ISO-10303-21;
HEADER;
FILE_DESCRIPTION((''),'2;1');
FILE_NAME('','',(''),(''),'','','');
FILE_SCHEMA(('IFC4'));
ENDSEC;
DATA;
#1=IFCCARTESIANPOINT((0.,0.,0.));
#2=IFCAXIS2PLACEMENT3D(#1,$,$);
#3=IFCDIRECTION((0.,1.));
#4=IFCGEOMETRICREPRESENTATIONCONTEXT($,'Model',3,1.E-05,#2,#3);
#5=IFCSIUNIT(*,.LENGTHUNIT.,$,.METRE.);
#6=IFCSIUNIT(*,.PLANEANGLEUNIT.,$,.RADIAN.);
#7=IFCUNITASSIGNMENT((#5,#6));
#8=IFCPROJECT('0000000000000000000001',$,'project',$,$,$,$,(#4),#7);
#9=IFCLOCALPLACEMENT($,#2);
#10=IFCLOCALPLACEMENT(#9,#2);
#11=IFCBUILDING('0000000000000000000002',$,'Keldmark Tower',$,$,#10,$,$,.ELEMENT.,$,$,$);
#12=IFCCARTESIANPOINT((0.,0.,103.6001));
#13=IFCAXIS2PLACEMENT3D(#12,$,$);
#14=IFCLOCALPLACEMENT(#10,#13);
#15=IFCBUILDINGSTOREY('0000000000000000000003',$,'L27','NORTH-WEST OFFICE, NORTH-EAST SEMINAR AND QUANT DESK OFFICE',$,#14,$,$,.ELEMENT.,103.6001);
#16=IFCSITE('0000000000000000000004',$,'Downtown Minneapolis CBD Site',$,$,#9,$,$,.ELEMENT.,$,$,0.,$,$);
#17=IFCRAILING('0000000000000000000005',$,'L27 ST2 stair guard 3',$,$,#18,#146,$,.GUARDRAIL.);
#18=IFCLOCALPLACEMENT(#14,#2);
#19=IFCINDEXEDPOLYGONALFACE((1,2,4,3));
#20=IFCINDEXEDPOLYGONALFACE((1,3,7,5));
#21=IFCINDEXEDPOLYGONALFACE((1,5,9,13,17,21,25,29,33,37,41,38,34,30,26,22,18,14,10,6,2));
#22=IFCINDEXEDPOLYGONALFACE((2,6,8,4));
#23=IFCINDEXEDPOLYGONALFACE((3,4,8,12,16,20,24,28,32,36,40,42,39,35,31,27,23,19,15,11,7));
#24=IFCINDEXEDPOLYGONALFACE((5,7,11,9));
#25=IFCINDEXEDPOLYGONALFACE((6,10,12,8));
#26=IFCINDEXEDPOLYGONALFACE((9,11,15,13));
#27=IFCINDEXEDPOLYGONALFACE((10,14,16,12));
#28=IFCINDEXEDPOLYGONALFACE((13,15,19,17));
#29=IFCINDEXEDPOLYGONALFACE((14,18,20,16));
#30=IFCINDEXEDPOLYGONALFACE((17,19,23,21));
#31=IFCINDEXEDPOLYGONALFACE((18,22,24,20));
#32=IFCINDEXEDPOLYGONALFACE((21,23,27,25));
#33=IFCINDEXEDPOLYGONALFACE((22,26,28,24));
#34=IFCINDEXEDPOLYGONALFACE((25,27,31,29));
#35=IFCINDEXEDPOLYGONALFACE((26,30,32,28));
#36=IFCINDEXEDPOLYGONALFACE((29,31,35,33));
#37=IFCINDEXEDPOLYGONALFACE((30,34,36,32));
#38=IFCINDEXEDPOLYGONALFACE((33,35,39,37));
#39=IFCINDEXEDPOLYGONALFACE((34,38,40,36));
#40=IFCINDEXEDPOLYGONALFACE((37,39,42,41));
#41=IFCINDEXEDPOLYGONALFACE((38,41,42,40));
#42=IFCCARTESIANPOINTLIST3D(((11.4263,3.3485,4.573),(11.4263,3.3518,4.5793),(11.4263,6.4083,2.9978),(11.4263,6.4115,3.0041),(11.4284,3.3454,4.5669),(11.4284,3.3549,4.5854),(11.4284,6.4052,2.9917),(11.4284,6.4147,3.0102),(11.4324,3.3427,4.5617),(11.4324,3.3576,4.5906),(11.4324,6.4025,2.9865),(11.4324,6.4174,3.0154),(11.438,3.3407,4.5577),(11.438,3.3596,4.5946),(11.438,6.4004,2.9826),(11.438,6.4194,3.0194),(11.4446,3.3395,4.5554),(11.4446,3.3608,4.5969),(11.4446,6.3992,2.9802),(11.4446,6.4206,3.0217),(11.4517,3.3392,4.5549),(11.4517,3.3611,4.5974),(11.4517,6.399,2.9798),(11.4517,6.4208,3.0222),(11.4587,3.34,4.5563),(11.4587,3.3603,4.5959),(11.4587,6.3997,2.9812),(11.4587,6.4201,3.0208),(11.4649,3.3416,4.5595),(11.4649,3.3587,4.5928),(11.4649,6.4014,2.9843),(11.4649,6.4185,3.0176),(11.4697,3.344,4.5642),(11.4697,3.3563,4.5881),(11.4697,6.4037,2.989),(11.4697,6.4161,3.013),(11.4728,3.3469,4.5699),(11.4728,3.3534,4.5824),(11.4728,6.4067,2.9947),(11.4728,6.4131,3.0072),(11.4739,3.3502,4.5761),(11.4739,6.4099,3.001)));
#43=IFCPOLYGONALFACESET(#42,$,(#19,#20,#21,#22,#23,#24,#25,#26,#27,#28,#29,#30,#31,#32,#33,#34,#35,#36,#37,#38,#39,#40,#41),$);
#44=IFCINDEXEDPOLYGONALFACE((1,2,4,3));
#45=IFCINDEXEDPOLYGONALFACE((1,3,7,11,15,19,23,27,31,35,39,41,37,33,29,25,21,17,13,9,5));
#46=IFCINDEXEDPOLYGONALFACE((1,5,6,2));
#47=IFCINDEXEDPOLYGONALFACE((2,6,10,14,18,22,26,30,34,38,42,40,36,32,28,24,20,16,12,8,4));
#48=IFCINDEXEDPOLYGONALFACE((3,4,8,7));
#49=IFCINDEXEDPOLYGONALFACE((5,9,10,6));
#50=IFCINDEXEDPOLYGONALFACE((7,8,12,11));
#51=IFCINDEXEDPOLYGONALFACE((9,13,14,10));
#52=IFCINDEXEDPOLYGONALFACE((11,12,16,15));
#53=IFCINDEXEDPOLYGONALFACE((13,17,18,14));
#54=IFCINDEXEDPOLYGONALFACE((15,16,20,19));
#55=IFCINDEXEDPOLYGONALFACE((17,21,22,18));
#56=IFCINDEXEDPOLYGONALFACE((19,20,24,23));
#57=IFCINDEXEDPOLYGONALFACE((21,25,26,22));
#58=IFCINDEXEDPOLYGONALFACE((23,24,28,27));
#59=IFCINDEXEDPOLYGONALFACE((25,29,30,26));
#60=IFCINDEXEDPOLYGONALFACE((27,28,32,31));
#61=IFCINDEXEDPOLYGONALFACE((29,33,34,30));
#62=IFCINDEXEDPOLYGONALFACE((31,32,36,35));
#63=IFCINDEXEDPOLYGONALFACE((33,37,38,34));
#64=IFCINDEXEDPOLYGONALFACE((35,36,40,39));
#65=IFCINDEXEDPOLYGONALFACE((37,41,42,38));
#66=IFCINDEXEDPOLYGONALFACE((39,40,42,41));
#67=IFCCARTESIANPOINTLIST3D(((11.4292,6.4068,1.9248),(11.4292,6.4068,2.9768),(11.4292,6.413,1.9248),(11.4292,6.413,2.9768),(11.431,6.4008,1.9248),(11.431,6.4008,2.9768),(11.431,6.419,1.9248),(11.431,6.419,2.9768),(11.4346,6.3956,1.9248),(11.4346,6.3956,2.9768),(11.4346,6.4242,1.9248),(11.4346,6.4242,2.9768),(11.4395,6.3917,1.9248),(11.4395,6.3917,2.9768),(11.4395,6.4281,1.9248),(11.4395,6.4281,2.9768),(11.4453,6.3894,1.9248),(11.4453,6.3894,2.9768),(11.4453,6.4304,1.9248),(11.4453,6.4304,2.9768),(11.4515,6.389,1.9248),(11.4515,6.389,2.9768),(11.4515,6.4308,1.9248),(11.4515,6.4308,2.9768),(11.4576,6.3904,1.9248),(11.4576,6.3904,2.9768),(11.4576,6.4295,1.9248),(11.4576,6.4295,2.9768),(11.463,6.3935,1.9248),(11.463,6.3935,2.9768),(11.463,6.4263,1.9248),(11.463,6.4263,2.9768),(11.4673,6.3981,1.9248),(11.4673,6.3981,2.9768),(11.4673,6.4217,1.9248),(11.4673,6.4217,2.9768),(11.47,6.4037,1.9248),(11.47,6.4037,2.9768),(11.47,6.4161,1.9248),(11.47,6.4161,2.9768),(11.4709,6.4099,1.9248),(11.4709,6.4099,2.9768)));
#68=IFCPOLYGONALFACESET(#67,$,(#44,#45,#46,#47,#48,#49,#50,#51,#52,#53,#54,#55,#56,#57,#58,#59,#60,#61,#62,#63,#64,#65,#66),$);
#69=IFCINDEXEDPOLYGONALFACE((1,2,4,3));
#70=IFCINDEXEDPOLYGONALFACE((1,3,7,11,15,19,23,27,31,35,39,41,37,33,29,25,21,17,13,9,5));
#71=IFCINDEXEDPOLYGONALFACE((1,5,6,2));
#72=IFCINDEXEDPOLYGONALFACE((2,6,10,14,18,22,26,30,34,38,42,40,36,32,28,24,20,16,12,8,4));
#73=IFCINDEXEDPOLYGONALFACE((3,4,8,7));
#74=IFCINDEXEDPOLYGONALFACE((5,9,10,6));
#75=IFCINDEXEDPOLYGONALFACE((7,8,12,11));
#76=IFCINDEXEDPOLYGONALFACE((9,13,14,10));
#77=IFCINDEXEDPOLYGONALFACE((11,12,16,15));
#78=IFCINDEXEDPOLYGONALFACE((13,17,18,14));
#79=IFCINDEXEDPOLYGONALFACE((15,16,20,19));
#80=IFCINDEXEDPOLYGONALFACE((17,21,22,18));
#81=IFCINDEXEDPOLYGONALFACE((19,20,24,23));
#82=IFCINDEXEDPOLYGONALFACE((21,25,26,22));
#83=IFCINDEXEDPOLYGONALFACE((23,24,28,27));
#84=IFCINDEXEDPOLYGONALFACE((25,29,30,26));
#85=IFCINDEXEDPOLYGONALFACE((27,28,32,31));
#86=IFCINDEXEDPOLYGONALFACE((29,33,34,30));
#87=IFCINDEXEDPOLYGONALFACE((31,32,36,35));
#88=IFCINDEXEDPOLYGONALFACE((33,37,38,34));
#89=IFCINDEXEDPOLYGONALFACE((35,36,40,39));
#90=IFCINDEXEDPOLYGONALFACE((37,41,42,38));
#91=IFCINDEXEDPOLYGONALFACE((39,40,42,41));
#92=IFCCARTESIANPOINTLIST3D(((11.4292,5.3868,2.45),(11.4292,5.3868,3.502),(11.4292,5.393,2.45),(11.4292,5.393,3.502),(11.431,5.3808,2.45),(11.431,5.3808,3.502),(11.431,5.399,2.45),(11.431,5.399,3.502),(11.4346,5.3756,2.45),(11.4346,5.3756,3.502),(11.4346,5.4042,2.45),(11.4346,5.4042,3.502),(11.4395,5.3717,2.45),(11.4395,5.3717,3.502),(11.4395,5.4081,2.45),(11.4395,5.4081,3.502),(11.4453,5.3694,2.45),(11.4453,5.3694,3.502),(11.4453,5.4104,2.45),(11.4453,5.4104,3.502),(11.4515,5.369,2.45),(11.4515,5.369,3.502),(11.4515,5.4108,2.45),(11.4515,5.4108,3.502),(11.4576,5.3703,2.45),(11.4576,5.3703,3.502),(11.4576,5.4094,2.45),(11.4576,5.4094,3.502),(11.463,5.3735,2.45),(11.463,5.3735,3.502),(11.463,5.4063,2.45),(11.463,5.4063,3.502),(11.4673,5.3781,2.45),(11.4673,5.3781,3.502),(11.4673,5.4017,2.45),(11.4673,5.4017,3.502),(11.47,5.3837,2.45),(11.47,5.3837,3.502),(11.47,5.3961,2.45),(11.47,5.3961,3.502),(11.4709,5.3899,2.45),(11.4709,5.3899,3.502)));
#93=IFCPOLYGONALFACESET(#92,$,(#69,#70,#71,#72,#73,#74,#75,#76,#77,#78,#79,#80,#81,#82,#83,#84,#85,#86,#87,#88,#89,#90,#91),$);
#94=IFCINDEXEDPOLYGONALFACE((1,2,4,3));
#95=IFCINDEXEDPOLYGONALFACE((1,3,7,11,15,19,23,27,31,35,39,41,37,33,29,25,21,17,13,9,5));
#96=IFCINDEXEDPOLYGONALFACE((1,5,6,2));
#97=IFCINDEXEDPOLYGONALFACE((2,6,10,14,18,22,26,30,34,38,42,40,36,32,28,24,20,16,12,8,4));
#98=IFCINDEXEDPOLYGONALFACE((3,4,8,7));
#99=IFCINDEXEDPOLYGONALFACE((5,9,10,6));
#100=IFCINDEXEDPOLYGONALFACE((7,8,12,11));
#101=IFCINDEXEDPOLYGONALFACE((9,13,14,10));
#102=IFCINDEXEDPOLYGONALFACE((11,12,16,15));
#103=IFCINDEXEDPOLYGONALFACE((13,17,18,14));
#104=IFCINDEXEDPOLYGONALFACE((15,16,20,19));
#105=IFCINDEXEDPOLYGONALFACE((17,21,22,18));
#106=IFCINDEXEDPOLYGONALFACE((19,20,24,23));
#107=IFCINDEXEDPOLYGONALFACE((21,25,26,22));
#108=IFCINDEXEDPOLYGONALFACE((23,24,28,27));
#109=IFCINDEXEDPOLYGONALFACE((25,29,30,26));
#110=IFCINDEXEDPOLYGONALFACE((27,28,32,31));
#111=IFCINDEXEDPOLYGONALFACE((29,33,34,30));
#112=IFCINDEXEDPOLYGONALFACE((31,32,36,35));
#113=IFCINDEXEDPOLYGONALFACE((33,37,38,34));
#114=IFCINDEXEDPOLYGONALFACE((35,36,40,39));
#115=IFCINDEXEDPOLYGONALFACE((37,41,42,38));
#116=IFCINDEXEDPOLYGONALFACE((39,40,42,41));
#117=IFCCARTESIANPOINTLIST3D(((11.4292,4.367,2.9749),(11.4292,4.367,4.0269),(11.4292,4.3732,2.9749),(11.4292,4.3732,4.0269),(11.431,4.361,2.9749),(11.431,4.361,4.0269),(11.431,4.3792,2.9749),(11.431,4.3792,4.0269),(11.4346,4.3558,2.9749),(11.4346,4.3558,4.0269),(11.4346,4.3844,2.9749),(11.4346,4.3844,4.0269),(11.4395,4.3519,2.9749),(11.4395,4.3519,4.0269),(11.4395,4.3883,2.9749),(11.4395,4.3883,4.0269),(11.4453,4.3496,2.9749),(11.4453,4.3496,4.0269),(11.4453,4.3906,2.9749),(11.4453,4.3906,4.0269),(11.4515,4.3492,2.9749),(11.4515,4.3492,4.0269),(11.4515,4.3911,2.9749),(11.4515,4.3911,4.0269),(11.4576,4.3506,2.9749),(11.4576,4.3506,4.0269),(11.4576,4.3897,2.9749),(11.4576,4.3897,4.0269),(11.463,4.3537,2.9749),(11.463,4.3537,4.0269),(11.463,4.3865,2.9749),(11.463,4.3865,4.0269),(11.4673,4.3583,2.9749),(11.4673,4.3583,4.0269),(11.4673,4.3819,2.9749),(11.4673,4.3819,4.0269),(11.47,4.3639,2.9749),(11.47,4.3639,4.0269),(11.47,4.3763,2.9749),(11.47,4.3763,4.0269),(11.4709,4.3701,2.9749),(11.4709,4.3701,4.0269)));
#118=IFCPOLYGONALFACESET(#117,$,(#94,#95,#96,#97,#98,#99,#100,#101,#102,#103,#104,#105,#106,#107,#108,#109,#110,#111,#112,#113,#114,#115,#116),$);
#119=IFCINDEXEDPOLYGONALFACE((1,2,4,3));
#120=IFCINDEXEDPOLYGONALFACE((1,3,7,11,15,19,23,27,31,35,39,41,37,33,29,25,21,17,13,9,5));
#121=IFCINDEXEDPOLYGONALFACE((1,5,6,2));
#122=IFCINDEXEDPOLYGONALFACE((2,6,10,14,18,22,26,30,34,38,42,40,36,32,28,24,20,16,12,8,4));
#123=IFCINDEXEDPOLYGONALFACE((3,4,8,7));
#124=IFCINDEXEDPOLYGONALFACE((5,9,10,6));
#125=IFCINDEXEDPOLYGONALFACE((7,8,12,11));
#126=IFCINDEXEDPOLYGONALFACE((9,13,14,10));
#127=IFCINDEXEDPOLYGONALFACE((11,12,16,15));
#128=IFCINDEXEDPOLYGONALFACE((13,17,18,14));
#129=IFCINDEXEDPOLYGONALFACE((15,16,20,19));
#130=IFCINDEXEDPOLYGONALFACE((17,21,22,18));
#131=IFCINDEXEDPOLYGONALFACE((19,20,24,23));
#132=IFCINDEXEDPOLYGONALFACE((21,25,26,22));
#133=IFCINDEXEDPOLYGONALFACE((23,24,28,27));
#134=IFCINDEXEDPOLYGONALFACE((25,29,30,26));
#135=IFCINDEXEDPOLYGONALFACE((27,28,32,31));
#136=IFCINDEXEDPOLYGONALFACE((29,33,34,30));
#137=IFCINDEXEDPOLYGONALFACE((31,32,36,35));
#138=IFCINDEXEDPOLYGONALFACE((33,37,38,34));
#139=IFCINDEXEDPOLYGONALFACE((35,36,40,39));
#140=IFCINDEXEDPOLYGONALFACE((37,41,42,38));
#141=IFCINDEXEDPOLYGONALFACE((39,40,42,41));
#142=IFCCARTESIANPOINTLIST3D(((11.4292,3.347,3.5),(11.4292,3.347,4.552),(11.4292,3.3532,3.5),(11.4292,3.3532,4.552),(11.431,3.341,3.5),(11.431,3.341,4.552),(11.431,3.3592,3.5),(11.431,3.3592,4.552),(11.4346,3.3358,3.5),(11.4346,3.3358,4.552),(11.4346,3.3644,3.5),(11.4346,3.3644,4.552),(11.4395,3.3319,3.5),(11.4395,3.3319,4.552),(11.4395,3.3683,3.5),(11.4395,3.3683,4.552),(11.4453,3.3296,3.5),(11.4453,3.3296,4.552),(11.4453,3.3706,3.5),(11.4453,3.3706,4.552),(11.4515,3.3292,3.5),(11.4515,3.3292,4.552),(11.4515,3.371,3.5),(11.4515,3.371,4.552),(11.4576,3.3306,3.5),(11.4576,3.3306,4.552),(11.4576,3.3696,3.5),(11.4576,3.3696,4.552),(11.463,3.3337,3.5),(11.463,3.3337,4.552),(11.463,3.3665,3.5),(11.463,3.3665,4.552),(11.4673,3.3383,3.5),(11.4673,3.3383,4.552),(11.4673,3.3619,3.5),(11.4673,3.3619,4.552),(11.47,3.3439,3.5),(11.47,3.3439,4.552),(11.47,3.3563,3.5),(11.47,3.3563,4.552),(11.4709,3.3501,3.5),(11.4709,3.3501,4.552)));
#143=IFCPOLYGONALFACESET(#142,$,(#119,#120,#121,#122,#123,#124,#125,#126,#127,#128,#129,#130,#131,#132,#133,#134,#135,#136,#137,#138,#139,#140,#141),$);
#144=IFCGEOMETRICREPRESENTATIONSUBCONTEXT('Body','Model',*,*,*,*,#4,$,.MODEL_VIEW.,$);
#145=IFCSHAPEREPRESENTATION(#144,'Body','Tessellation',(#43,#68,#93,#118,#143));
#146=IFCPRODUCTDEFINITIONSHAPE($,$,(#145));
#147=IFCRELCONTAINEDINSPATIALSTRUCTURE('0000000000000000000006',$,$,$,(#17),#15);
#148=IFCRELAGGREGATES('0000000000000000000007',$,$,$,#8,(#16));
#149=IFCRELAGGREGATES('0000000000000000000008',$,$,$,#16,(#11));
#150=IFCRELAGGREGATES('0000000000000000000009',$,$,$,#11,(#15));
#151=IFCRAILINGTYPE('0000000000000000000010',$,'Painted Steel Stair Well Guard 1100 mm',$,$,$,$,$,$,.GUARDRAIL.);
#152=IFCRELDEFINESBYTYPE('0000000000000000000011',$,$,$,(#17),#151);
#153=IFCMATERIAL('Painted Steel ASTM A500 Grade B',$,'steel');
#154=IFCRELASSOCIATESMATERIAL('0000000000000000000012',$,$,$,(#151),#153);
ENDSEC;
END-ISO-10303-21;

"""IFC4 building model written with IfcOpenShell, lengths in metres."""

from ifc_helpers import new_model, si_unit, direction, frame, origin, origin_2d, place, context, subcontext, project, spatial, circle, extrude, material, type_object, element, save


model = new_model("IFC4")

# Units and contexts
model_context = context("Model", 3, precision=1e-05, world=origin(), true_north=direction((0.0, 1.0)))
body_context = subcontext(model_context, "Body", "Model", "MODEL_VIEW")
ifc_project = project(units=[si_unit("LENGTHUNIT", "METRE"), si_unit("PLANEANGLEUNIT", "RADIAN")], contexts=[model_context])

# Site, building, storey
site_placement = place(None, origin())
site = spatial("IfcSite", under=ifc_project, at=site_placement, Name="Downtown Minneapolis CBD Site", CompositionType="ELEMENT", RefElevation=0.0)
building_placement = place(site_placement, origin())
building = spatial("IfcBuilding", under=site, at=building_placement, Name="Keldmark Tower", CompositionType="ELEMENT")
storey_placement = place(building_placement, frame((0.0, 0.0, 103.6001)))
storey = spatial("IfcBuildingStorey", under=building, at=storey_placement, Name="L27", Description="NORTH-WEST OFFICE, NORTH-EAST SEMINAR AND QUANT DESK OFFICE", CompositionType="ELEMENT", Elevation=103.6001)

# Railing
ifc_material_1 = material(Name="Painted Steel ASTM A500 Grade B", Category="steel")
railing_type_1 = type_object("IfcRailingType", Name="Painted Steel Stair Well Guard 1100 mm", PredefinedType="GUARDRAIL", material=ifc_material_1)
railing_1_placement = place(storey_placement, frame((11.45, 6.4099, 1.9248)))
element("IfcRailing", 1, at=railing_1_placement, inside=storey, type_object=railing_type_1, Name="L27 ST2 stair guard 3", PredefinedType="GUARDRAIL", context=body_context, shape_type="SweptSolid", body=[
    extrude(circle(Radius=0.0239, at=origin_2d()), frame((0.0, 0.0, 1.0762), z_axis=(0.0, -0.889101, 0.45771), x_axis=(1.0, 0.0, 0.0)), (0.0, 0.0, 1.0), 3.4414),
    extrude(circle(Radius=0.021, at=origin_2d()), origin(), (0.0, 0.0, 1.0), 1.052),
    extrude(circle(Radius=0.021, at=origin_2d()), frame((0.0, -1.02, 0.5251)), (0.0, 0.0, 1.0), 1.052),
    extrude(circle(Radius=0.021, at=origin_2d()), frame((0.0, -2.0398, 1.05)), (0.0, 0.0, 1.0), 1.052),
    extrude(circle(Radius=0.021, at=origin_2d()), frame((0.0, -3.0598, 1.5752)), (0.0, 0.0, 1.0), 1.052),
])

save(model, "model.ifc")
